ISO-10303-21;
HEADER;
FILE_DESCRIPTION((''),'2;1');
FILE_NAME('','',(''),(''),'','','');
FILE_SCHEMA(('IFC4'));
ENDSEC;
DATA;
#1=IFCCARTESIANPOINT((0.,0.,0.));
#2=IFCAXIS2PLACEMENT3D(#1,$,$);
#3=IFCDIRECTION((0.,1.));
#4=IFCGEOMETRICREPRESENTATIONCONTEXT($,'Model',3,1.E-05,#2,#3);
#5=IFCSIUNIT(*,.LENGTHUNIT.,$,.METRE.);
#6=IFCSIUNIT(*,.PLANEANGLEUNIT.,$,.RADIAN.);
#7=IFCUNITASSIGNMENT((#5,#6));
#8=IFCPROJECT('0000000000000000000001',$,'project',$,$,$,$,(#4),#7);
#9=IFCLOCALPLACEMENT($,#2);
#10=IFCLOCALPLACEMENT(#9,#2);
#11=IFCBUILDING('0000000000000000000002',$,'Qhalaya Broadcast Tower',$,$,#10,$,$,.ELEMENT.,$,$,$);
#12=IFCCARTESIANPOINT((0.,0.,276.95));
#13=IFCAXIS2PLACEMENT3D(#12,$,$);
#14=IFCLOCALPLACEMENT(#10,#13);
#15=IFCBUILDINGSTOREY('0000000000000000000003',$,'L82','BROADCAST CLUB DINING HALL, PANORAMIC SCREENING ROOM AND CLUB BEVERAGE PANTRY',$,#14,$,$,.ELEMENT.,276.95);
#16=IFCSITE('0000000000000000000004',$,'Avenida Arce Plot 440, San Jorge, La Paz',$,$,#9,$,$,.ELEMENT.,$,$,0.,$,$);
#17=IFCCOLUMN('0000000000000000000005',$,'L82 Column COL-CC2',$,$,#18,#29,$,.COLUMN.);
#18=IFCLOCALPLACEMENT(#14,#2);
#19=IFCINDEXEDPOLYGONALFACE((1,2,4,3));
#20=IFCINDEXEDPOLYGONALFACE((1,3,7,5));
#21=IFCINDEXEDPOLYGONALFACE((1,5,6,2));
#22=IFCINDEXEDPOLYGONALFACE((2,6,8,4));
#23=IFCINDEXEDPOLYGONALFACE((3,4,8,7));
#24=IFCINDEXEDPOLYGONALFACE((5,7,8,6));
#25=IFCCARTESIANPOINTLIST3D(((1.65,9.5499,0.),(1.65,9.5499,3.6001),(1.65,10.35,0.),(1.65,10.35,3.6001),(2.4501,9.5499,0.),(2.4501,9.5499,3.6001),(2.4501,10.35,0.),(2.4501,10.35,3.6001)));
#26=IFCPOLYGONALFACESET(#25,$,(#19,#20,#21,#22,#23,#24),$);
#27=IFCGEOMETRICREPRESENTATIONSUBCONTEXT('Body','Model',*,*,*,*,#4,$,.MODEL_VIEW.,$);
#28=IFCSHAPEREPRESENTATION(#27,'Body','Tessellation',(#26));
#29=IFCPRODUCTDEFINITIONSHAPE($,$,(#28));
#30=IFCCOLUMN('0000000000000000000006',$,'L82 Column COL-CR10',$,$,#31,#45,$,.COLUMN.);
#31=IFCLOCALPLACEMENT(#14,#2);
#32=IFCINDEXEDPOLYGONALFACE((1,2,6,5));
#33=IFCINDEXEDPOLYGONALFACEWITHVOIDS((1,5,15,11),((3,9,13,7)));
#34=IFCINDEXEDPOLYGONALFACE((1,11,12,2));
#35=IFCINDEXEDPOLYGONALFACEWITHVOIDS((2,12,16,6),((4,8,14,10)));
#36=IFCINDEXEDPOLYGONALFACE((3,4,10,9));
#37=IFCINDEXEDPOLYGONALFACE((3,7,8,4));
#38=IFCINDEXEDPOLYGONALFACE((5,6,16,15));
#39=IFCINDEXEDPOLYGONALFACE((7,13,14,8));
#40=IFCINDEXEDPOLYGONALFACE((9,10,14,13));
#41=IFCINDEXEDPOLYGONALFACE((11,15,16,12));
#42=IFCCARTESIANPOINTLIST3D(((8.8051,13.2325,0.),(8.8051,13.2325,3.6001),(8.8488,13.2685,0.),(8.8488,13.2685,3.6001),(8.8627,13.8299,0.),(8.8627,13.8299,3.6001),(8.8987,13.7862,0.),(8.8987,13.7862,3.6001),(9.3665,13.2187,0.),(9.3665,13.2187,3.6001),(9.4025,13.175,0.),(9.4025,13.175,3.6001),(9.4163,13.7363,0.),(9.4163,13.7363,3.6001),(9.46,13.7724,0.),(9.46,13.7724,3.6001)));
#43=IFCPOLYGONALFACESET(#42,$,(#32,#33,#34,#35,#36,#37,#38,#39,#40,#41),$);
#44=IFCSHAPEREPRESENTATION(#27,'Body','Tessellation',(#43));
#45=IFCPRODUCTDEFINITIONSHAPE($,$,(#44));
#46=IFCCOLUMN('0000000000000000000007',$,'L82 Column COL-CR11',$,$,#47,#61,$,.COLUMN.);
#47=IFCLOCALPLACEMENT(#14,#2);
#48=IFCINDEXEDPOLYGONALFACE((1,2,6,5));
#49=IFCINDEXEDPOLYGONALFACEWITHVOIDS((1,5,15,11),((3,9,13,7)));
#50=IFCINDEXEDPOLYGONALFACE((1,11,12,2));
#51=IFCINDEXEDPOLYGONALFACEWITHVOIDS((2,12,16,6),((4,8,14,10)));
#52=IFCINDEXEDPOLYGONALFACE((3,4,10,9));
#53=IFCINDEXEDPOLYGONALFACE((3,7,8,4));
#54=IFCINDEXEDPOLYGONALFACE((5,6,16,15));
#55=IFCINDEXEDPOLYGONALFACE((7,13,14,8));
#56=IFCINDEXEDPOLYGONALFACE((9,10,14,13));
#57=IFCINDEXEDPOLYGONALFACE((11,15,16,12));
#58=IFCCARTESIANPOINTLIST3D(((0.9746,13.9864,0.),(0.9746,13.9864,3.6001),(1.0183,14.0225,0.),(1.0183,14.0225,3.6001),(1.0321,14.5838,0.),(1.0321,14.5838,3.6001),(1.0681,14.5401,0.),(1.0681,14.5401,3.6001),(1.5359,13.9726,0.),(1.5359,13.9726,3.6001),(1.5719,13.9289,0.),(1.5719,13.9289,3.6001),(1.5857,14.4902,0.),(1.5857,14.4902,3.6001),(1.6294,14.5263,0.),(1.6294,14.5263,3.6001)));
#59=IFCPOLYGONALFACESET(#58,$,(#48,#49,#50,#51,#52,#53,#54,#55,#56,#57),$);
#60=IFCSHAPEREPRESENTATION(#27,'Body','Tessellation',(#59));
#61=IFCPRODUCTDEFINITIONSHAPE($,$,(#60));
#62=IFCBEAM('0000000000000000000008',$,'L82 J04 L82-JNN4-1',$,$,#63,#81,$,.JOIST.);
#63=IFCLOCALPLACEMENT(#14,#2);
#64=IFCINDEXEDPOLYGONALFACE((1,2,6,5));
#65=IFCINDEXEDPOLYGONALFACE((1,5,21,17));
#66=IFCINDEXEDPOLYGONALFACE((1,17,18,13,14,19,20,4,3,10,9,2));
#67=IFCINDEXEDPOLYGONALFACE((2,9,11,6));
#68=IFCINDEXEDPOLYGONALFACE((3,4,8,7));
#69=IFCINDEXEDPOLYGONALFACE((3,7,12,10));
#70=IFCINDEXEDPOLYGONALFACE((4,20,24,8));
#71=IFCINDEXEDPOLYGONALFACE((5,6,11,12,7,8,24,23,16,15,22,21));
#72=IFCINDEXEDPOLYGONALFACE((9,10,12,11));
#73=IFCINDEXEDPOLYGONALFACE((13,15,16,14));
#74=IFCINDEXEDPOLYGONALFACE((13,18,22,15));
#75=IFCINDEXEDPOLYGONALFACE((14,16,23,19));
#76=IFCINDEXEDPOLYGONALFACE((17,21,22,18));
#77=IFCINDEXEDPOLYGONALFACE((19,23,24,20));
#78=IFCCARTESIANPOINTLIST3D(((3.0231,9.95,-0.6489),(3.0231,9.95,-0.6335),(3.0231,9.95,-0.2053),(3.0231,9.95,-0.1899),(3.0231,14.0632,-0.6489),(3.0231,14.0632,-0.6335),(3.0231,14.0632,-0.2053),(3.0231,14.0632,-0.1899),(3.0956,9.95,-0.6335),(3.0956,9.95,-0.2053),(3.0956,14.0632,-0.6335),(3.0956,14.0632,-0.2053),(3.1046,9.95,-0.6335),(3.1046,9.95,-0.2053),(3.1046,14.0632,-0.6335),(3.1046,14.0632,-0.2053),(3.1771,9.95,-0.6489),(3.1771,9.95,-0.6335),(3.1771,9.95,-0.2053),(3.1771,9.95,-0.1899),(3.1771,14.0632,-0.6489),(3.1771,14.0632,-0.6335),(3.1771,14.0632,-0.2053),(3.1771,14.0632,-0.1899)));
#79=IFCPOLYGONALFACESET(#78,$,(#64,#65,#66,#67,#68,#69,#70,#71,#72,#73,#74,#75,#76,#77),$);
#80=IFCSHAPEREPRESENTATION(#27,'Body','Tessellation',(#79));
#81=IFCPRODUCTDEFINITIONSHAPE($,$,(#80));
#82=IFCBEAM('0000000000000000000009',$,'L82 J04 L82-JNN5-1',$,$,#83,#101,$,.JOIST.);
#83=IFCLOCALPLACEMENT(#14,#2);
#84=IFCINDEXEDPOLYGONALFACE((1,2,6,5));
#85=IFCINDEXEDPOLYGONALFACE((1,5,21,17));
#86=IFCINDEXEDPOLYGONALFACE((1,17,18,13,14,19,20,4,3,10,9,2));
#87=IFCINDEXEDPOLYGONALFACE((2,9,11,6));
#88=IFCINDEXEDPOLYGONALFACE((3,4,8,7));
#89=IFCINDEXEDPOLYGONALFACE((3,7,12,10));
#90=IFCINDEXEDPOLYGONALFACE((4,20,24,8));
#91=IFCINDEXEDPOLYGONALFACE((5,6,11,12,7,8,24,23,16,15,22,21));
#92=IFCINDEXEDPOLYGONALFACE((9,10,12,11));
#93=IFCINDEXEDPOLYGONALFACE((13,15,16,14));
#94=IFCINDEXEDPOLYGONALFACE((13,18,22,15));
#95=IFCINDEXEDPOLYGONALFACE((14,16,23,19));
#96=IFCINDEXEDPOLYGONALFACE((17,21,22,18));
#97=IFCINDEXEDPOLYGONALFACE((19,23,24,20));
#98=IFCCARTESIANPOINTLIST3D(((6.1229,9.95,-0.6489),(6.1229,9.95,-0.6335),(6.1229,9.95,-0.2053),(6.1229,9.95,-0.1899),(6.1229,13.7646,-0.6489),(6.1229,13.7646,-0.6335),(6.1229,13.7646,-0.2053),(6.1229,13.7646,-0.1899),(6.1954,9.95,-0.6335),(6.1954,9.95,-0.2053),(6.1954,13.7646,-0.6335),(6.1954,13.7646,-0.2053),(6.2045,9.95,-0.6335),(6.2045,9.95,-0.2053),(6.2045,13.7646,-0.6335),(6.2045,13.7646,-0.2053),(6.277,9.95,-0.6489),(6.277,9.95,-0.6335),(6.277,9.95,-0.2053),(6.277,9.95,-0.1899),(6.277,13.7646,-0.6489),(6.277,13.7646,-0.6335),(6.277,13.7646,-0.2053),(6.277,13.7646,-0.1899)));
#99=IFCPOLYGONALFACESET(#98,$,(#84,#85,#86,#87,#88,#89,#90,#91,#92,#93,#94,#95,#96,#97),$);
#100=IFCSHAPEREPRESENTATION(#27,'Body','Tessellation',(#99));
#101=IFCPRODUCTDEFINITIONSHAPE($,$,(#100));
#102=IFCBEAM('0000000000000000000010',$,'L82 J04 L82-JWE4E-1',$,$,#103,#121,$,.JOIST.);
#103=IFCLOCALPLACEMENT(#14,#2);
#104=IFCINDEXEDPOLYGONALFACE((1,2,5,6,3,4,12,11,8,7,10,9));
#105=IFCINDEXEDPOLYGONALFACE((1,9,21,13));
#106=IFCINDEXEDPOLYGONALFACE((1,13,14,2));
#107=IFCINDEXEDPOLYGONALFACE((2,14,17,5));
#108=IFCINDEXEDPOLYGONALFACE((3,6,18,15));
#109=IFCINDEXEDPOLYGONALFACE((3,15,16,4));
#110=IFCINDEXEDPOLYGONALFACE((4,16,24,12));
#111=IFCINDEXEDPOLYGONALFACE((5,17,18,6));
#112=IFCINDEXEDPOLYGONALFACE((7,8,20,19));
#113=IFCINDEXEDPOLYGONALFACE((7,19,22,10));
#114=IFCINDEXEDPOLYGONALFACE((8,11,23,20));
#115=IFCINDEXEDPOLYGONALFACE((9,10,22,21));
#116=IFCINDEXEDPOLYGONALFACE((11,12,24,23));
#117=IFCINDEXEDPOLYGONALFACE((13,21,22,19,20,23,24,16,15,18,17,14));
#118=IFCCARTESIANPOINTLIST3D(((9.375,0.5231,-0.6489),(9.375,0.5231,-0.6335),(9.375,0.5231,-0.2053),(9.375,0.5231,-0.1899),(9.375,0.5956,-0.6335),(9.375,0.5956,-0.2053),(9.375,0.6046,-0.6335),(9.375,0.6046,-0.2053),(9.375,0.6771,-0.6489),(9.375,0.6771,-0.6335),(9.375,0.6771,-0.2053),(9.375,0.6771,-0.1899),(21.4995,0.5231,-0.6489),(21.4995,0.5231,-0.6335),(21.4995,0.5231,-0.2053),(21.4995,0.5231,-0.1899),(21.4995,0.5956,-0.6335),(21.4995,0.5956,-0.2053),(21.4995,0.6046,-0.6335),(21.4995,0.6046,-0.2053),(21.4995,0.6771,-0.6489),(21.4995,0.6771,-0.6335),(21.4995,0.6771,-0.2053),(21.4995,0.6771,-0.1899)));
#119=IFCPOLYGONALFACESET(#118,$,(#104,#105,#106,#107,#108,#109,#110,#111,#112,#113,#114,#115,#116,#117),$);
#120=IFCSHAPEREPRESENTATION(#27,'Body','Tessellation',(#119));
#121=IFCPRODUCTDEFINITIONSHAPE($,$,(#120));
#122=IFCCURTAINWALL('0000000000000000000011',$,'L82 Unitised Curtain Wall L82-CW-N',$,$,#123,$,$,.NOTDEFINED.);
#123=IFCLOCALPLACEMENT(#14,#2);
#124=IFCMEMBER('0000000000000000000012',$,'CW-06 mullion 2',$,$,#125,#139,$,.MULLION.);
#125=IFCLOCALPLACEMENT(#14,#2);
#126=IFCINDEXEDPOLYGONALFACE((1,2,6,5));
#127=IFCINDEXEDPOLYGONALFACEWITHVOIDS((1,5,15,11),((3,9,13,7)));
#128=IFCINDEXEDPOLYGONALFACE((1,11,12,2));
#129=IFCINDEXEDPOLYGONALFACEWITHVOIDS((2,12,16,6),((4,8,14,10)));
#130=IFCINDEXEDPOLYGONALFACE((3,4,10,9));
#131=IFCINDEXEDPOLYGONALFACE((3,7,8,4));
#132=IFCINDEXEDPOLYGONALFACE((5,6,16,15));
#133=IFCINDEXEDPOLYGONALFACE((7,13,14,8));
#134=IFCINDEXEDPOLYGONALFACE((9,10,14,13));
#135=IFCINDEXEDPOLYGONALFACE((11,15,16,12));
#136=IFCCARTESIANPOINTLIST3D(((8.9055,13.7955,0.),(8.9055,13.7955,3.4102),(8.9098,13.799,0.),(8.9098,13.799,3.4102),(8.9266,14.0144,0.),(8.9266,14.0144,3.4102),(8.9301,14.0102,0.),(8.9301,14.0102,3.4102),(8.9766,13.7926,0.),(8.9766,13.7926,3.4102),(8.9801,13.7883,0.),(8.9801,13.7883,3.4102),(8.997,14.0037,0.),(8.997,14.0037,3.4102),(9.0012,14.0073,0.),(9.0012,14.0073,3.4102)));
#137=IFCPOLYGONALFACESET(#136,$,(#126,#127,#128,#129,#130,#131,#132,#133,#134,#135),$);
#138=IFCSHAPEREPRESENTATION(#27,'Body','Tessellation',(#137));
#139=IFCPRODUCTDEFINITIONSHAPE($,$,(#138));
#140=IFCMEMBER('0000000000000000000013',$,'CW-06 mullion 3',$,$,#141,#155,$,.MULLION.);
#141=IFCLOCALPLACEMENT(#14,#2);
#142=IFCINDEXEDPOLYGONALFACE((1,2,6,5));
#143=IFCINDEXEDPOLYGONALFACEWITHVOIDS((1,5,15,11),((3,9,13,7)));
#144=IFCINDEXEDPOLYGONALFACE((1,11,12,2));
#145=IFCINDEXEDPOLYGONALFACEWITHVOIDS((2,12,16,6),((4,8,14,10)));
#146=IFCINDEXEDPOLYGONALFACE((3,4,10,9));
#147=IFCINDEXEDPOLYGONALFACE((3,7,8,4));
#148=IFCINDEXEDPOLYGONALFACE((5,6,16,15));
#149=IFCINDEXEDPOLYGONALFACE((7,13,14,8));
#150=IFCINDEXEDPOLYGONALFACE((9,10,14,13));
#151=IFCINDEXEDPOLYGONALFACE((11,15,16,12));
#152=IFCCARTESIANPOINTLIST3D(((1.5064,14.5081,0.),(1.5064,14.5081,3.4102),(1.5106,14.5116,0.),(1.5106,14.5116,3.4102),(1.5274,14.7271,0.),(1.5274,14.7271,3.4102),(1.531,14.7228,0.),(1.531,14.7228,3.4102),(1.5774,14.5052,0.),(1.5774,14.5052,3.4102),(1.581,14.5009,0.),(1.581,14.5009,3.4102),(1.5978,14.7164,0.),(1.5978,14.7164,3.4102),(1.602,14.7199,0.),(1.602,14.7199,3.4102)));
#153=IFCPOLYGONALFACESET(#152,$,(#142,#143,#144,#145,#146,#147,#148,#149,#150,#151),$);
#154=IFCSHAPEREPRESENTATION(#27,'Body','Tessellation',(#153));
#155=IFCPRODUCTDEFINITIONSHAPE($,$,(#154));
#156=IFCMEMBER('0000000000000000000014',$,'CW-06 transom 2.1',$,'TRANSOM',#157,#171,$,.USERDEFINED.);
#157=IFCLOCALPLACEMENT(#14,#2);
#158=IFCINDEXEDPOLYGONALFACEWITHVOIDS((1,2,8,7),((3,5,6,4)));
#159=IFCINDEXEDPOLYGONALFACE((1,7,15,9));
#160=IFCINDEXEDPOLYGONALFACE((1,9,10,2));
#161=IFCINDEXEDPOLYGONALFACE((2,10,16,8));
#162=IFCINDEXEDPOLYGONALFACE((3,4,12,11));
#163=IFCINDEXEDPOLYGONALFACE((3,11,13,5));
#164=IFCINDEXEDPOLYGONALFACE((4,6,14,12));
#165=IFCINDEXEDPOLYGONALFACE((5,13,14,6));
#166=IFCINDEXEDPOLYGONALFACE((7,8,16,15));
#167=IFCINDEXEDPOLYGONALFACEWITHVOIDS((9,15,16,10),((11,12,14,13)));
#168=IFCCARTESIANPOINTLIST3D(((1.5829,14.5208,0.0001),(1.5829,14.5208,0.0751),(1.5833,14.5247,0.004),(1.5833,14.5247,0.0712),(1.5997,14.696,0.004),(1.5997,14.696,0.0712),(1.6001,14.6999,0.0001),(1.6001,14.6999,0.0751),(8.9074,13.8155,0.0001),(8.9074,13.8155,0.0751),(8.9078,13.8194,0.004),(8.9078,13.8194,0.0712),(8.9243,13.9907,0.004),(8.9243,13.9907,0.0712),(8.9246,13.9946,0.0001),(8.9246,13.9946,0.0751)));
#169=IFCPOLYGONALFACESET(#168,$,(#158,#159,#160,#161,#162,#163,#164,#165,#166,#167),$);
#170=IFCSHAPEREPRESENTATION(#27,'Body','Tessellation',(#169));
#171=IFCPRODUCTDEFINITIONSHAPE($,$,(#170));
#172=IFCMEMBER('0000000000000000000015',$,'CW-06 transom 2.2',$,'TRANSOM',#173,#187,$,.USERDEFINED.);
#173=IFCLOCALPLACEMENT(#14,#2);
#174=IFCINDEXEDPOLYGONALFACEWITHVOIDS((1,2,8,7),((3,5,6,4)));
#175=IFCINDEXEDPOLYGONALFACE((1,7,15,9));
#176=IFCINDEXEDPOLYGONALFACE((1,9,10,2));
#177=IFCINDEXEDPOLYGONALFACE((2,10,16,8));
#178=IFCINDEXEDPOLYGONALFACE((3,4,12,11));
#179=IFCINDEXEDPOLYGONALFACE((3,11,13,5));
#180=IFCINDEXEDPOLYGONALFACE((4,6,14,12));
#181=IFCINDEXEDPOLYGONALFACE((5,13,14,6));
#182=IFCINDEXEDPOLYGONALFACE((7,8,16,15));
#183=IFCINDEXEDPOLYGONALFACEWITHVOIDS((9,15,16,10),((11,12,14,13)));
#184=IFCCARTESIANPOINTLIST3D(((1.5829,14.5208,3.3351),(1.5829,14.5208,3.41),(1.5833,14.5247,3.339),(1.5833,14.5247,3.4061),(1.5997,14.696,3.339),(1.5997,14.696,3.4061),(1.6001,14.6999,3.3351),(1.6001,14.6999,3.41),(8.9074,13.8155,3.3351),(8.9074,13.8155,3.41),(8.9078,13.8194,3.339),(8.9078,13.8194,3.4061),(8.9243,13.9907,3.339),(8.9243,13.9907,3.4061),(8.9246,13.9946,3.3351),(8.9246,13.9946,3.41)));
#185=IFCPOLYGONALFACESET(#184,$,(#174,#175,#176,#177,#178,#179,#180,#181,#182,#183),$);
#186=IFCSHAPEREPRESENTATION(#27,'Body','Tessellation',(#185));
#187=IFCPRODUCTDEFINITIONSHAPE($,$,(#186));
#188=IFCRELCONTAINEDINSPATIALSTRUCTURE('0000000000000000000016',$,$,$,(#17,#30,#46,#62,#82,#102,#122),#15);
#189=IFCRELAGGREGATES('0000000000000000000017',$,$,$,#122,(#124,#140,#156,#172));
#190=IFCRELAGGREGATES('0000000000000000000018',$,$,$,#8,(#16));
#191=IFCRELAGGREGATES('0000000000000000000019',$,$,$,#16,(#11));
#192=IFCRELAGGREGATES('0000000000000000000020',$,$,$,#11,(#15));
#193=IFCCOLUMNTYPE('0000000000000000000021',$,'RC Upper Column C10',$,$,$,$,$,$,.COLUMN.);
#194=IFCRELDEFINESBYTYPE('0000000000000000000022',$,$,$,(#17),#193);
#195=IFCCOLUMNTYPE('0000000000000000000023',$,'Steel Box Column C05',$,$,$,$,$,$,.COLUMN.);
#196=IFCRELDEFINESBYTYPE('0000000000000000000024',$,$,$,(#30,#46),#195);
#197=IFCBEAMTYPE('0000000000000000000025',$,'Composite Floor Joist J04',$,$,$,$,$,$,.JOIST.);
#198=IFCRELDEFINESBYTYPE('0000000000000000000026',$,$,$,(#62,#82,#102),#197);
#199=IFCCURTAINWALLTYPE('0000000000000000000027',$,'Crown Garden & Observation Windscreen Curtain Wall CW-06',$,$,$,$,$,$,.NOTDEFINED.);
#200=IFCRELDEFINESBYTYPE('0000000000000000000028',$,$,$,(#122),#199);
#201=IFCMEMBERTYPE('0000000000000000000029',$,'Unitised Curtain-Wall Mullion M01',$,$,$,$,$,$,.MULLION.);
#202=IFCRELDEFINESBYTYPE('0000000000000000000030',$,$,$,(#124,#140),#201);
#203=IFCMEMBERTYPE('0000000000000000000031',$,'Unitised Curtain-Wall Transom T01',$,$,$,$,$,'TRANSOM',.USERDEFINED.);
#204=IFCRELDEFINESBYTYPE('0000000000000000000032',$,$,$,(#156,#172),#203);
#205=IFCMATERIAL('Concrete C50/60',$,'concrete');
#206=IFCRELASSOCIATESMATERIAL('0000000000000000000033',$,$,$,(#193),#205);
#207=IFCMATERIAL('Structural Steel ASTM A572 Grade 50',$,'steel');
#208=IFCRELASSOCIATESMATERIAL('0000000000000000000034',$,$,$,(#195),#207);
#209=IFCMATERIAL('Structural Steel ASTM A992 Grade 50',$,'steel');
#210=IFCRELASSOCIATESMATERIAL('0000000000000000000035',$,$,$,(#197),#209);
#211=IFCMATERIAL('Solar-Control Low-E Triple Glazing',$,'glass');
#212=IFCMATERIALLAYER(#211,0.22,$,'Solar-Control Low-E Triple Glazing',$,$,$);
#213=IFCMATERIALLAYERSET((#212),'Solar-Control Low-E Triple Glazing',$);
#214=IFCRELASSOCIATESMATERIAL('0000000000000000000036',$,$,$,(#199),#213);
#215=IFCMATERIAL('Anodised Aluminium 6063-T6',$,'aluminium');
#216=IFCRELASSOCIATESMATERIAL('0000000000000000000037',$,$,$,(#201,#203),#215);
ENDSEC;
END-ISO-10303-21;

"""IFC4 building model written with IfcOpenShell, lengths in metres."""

from ifc_helpers import new_model, si_unit, direction, frame, origin, origin_2d, place, context, subcontext, project, spatial, rectangle, hollow_rectangle, i_section, extrude, material, layer, layer_set, material_profile, profile_set, type_object, element, aggregate, save


model = new_model("IFC4")

# Units and contexts
model_context = context("Model", 3, precision=1e-05, world=origin(), true_north=direction((0.0, 1.0)))
body_context = subcontext(model_context, "Body", "Model", "MODEL_VIEW")
ifc_project = project(units=[si_unit("LENGTHUNIT", "METRE"), si_unit("PLANEANGLEUNIT", "RADIAN")], contexts=[model_context])

# Site, building, storey
site_placement = place(None, origin())
site = spatial("IfcSite", under=ifc_project, at=site_placement, Name="Avenida Arce Plot 440, San Jorge, La Paz", CompositionType="ELEMENT", RefElevation=0.0)
building_placement = place(site_placement, origin())
building = spatial("IfcBuilding", under=site, at=building_placement, Name="Qhalaya Broadcast Tower", CompositionType="ELEMENT")
storey_placement = place(building_placement, frame((0.0, 0.0, 276.95)))
storey = spatial("IfcBuildingStorey", under=building, at=storey_placement, Name="L82", Description="BROADCAST CLUB DINING HALL, PANORAMIC SCREENING ROOM AND CLUB BEVERAGE PANTRY", CompositionType="ELEMENT", Elevation=276.95)

# Columns
ifc_material_1 = material(Name="Concrete C50/60", Category="concrete")
ifc_material_profile_1 = material_profile(ifc_material_1, rectangle(XDim=0.8, YDim=0.8, at=origin_2d()), Name="RC-COL 800x800")
ifc_profile_set_1 = profile_set([ifc_material_profile_1], Name="Concrete C50/60")
column_type_1 = type_object("IfcColumnType", Name="RC Upper Column C10", PredefinedType="COLUMN", material=ifc_profile_set_1)
column_placement = place(storey_placement, frame((2.05, 9.95, 0.0), z_axis=(0.0, 0.0, 1.0), x_axis=(1.0, 0.0, 0.0)))
element("IfcColumn", 1, at=column_placement, inside=storey, type_object=column_type_1, Name="L82 Column COL-CC2", PredefinedType="COLUMN", context=body_context, shape_type="SweptSolid", body=[
    extrude(rectangle(XDim=0.8, YDim=0.8, at=origin_2d()), origin(), (0.0, 0.0, 1.0), 3.6001),
])
ifc_material_2 = material(Name="Structural Steel ASTM A572 Grade 50", Category="steel")
ifc_material_profile_2 = material_profile(ifc_material_2, hollow_rectangle(XDim=0.6001, YDim=0.6001, WallThickness=0.04, at=origin_2d()), Name="BOX 600x600x40")
ifc_profile_set_2 = profile_set([ifc_material_profile_2], Name="Structural Steel ASTM A572 Grade 50")
column_type_2 = type_object("IfcColumnType", Name="Steel Box Column C05", PredefinedType="COLUMN", material=ifc_profile_set_2)
for number, where, z_axis, x_axis, name in (
    (2, (9.1326, 13.5024, 0.0), (0.0, 0.0, 1.0), (0.995396, -0.095846, 0.0), "L82 Column COL-CR10"),
    (3, (1.302, 14.2563, 0.0), (0.0, 0.0, 1.0), (0.995396, -0.095846, 0.0), "L82 Column COL-CR11"),
):
    element("IfcColumn", number, at=place(storey_placement, frame(where, z_axis=z_axis, x_axis=x_axis)), inside=storey, type_object=column_type_2, Name=name, PredefinedType="COLUMN", context=body_context, shape_type="SweptSolid", body=[
        extrude(hollow_rectangle(XDim=0.6001, YDim=0.6001, WallThickness=0.04, at=origin_2d()), origin(), (0.0, 0.0, 1.0), 3.6001),
    ])

# Beams
ifc_material_3 = material(Name="Structural Steel ASTM A992 Grade 50", Category="steel")
ifc_material_profile_3 = material_profile(ifc_material_3, i_section(OverallWidth=0.1541, OverallDepth=0.459, WebThickness=0.009, FlangeThickness=0.0154, at=origin_2d()), Name="W18X46")
ifc_profile_set_3 = profile_set([ifc_material_profile_3], Name="Structural Steel ASTM A992 Grade 50")
beam_type_1 = type_object("IfcBeamType", Name="Composite Floor Joist J04", PredefinedType="JOIST", material=ifc_profile_set_3)
beam_1_placement = place(storey_placement, frame((3.1001, 9.95, -0.4194), z_axis=(0.0, 1.0, 0.0), x_axis=(-1.0, 0.0, 0.0)))
element("IfcBeam", 4, at=beam_1_placement, inside=storey, type_object=beam_type_1, Name="L82 J04 L82-JNN4-1", PredefinedType="JOIST", context=body_context, shape_type="SweptSolid", body=[
    extrude(i_section(OverallWidth=0.1541, OverallDepth=0.459, WebThickness=0.009, FlangeThickness=0.0154, at=origin_2d()), origin(), (0.0, 0.0, 1.0), 4.1133),
])
beam_2_placement = place(storey_placement, frame((6.2, 9.95, -0.4194), z_axis=(0.0, 1.0, 0.0), x_axis=(-1.0, 0.0, 0.0)))
element("IfcBeam", 5, at=beam_2_placement, inside=storey, type_object=beam_type_1, Name="L82 J04 L82-JNN5-1", PredefinedType="JOIST", context=body_context, shape_type="SweptSolid", body=[
    extrude(i_section(OverallWidth=0.1541, OverallDepth=0.459, WebThickness=0.009, FlangeThickness=0.0154, at=origin_2d()), origin(), (0.0, 0.0, 1.0), 3.8147),
])
beam_3_placement = place(storey_placement, frame((9.375, 0.6001, -0.4194), z_axis=(1.0, 0.0, 0.0), x_axis=(0.0, 1.0, 0.0)))
element("IfcBeam", 6, at=beam_3_placement, inside=storey, type_object=beam_type_1, Name="L82 J04 L82-JWE4E-1", PredefinedType="JOIST", context=body_context, shape_type="SweptSolid", body=[
    extrude(i_section(OverallWidth=0.1541, OverallDepth=0.459, WebThickness=0.009, FlangeThickness=0.0154, at=origin_2d()), origin(), (0.0, 0.0, 1.0), 12.1245),
])

# Curtain wall, members
ifc_material_4 = material(Name="Solar-Control Low-E Triple Glazing", Category="glass")
ifc_layer_1 = layer(ifc_material_4, 0.22, Name="Solar-Control Low-E Triple Glazing")
ifc_layer_set_1 = layer_set([ifc_layer_1], Name="Solar-Control Low-E Triple Glazing")
curtain_wall_type = type_object("IfcCurtainWallType", Name="Crown Garden & Observation Windscreen Curtain Wall CW-06", PredefinedType="NOTDEFINED", material=ifc_layer_set_1)
curtain_wall_placement = place(storey_placement, origin())
curtain_wall = element("IfcCurtainWall", 7, at=curtain_wall_placement, inside=storey, type_object=curtain_wall_type, Name="L82 Unitised Curtain Wall L82-CW-N", PredefinedType="NOTDEFINED")
ifc_material_5 = material(Name="Anodised Aluminium 6063-T6", Category="aluminium")
ifc_material_profile_4 = material_profile(ifc_material_5, hollow_rectangle(XDim=0.075, YDim=0.22, WallThickness=0.0039, at=origin_2d()), Name="ALU-MUL 75x220x4")
ifc_profile_set_4 = profile_set([ifc_material_profile_4], Name="Anodised Aluminium 6063-T6")
member_type_1 = type_object("IfcMemberType", Name="Unitised Curtain-Wall Mullion M01", PredefinedType="MULLION", material=ifc_profile_set_4)
member_1_placement = place(storey_placement, frame((8.9534, 13.9014, 0.0), z_axis=(0.0, 0.0, 1.0), x_axis=(-0.995396, 0.095848, 0.0)))
member_1 = element("IfcMember", 8, at=member_1_placement, type_object=member_type_1, Name="CW-06 mullion 2", PredefinedType="MULLION", context=body_context, shape_type="SweptSolid", body=[
    extrude(hollow_rectangle(XDim=0.075, YDim=0.22, WallThickness=0.0039, at=origin_2d()), origin(), (0.0, 0.0, 1.0), 3.4102),
])
member_2_placement = place(storey_placement, frame((1.5542, 14.614, 0.0), z_axis=(0.0, 0.0, 1.0), x_axis=(-0.995396, 0.095848, 0.0)))
member_2 = element("IfcMember", 9, at=member_2_placement, type_object=member_type_1, Name="CW-06 mullion 3", PredefinedType="MULLION", context=body_context, shape_type="SweptSolid", body=[
    extrude(hollow_rectangle(XDim=0.075, YDim=0.22, WallThickness=0.0039, at=origin_2d()), origin(), (0.0, 0.0, 1.0), 3.4102),
])
ifc_material_profile_5 = material_profile(ifc_material_5, hollow_rectangle(XDim=0.075, YDim=0.1799, WallThickness=0.0039, at=origin_2d()), Name="ALU-TRN 75x180x4")
ifc_profile_set_5 = profile_set([ifc_material_profile_5], Name="Anodised Aluminium 6063-T6")
member_type_2 = type_object("IfcMemberType", Name="Unitised Curtain-Wall Transom T01", ElementType="TRANSOM", PredefinedType="USERDEFINED", material=ifc_profile_set_5)
member_3_placement = place(storey_placement, frame((8.916, 13.905, 0.0376), z_axis=(-0.995395, 0.095853, 0.0), x_axis=(0.0, 0.0, 1.0)))
member_3 = element("IfcMember", 10, at=member_3_placement, type_object=member_type_2, Name="CW-06 transom 2.1", ObjectType="TRANSOM", PredefinedType="USERDEFINED", context=body_context, shape_type="SweptSolid", body=[
    extrude(hollow_rectangle(XDim=0.075, YDim=0.1799, WallThickness=0.0039, at=origin_2d()), origin(), (0.0, 0.0, 1.0), 7.3584),
])
member_4_placement = place(storey_placement, frame((8.916, 13.905, 3.3726), z_axis=(-0.995395, 0.095853, 0.0), x_axis=(0.0, 0.0, 1.0)))
member_4 = element("IfcMember", 11, at=member_4_placement, type_object=member_type_2, Name="CW-06 transom 2.2", ObjectType="TRANSOM", PredefinedType="USERDEFINED", context=body_context, shape_type="SweptSolid", body=[
    extrude(hollow_rectangle(XDim=0.075, YDim=0.1799, WallThickness=0.0039, at=origin_2d()), origin(), (0.0, 0.0, 1.0), 7.3584),
])

aggregate(curtain_wall, [member_1, member_2, member_3, member_4])

save(model, "model.ifc")
